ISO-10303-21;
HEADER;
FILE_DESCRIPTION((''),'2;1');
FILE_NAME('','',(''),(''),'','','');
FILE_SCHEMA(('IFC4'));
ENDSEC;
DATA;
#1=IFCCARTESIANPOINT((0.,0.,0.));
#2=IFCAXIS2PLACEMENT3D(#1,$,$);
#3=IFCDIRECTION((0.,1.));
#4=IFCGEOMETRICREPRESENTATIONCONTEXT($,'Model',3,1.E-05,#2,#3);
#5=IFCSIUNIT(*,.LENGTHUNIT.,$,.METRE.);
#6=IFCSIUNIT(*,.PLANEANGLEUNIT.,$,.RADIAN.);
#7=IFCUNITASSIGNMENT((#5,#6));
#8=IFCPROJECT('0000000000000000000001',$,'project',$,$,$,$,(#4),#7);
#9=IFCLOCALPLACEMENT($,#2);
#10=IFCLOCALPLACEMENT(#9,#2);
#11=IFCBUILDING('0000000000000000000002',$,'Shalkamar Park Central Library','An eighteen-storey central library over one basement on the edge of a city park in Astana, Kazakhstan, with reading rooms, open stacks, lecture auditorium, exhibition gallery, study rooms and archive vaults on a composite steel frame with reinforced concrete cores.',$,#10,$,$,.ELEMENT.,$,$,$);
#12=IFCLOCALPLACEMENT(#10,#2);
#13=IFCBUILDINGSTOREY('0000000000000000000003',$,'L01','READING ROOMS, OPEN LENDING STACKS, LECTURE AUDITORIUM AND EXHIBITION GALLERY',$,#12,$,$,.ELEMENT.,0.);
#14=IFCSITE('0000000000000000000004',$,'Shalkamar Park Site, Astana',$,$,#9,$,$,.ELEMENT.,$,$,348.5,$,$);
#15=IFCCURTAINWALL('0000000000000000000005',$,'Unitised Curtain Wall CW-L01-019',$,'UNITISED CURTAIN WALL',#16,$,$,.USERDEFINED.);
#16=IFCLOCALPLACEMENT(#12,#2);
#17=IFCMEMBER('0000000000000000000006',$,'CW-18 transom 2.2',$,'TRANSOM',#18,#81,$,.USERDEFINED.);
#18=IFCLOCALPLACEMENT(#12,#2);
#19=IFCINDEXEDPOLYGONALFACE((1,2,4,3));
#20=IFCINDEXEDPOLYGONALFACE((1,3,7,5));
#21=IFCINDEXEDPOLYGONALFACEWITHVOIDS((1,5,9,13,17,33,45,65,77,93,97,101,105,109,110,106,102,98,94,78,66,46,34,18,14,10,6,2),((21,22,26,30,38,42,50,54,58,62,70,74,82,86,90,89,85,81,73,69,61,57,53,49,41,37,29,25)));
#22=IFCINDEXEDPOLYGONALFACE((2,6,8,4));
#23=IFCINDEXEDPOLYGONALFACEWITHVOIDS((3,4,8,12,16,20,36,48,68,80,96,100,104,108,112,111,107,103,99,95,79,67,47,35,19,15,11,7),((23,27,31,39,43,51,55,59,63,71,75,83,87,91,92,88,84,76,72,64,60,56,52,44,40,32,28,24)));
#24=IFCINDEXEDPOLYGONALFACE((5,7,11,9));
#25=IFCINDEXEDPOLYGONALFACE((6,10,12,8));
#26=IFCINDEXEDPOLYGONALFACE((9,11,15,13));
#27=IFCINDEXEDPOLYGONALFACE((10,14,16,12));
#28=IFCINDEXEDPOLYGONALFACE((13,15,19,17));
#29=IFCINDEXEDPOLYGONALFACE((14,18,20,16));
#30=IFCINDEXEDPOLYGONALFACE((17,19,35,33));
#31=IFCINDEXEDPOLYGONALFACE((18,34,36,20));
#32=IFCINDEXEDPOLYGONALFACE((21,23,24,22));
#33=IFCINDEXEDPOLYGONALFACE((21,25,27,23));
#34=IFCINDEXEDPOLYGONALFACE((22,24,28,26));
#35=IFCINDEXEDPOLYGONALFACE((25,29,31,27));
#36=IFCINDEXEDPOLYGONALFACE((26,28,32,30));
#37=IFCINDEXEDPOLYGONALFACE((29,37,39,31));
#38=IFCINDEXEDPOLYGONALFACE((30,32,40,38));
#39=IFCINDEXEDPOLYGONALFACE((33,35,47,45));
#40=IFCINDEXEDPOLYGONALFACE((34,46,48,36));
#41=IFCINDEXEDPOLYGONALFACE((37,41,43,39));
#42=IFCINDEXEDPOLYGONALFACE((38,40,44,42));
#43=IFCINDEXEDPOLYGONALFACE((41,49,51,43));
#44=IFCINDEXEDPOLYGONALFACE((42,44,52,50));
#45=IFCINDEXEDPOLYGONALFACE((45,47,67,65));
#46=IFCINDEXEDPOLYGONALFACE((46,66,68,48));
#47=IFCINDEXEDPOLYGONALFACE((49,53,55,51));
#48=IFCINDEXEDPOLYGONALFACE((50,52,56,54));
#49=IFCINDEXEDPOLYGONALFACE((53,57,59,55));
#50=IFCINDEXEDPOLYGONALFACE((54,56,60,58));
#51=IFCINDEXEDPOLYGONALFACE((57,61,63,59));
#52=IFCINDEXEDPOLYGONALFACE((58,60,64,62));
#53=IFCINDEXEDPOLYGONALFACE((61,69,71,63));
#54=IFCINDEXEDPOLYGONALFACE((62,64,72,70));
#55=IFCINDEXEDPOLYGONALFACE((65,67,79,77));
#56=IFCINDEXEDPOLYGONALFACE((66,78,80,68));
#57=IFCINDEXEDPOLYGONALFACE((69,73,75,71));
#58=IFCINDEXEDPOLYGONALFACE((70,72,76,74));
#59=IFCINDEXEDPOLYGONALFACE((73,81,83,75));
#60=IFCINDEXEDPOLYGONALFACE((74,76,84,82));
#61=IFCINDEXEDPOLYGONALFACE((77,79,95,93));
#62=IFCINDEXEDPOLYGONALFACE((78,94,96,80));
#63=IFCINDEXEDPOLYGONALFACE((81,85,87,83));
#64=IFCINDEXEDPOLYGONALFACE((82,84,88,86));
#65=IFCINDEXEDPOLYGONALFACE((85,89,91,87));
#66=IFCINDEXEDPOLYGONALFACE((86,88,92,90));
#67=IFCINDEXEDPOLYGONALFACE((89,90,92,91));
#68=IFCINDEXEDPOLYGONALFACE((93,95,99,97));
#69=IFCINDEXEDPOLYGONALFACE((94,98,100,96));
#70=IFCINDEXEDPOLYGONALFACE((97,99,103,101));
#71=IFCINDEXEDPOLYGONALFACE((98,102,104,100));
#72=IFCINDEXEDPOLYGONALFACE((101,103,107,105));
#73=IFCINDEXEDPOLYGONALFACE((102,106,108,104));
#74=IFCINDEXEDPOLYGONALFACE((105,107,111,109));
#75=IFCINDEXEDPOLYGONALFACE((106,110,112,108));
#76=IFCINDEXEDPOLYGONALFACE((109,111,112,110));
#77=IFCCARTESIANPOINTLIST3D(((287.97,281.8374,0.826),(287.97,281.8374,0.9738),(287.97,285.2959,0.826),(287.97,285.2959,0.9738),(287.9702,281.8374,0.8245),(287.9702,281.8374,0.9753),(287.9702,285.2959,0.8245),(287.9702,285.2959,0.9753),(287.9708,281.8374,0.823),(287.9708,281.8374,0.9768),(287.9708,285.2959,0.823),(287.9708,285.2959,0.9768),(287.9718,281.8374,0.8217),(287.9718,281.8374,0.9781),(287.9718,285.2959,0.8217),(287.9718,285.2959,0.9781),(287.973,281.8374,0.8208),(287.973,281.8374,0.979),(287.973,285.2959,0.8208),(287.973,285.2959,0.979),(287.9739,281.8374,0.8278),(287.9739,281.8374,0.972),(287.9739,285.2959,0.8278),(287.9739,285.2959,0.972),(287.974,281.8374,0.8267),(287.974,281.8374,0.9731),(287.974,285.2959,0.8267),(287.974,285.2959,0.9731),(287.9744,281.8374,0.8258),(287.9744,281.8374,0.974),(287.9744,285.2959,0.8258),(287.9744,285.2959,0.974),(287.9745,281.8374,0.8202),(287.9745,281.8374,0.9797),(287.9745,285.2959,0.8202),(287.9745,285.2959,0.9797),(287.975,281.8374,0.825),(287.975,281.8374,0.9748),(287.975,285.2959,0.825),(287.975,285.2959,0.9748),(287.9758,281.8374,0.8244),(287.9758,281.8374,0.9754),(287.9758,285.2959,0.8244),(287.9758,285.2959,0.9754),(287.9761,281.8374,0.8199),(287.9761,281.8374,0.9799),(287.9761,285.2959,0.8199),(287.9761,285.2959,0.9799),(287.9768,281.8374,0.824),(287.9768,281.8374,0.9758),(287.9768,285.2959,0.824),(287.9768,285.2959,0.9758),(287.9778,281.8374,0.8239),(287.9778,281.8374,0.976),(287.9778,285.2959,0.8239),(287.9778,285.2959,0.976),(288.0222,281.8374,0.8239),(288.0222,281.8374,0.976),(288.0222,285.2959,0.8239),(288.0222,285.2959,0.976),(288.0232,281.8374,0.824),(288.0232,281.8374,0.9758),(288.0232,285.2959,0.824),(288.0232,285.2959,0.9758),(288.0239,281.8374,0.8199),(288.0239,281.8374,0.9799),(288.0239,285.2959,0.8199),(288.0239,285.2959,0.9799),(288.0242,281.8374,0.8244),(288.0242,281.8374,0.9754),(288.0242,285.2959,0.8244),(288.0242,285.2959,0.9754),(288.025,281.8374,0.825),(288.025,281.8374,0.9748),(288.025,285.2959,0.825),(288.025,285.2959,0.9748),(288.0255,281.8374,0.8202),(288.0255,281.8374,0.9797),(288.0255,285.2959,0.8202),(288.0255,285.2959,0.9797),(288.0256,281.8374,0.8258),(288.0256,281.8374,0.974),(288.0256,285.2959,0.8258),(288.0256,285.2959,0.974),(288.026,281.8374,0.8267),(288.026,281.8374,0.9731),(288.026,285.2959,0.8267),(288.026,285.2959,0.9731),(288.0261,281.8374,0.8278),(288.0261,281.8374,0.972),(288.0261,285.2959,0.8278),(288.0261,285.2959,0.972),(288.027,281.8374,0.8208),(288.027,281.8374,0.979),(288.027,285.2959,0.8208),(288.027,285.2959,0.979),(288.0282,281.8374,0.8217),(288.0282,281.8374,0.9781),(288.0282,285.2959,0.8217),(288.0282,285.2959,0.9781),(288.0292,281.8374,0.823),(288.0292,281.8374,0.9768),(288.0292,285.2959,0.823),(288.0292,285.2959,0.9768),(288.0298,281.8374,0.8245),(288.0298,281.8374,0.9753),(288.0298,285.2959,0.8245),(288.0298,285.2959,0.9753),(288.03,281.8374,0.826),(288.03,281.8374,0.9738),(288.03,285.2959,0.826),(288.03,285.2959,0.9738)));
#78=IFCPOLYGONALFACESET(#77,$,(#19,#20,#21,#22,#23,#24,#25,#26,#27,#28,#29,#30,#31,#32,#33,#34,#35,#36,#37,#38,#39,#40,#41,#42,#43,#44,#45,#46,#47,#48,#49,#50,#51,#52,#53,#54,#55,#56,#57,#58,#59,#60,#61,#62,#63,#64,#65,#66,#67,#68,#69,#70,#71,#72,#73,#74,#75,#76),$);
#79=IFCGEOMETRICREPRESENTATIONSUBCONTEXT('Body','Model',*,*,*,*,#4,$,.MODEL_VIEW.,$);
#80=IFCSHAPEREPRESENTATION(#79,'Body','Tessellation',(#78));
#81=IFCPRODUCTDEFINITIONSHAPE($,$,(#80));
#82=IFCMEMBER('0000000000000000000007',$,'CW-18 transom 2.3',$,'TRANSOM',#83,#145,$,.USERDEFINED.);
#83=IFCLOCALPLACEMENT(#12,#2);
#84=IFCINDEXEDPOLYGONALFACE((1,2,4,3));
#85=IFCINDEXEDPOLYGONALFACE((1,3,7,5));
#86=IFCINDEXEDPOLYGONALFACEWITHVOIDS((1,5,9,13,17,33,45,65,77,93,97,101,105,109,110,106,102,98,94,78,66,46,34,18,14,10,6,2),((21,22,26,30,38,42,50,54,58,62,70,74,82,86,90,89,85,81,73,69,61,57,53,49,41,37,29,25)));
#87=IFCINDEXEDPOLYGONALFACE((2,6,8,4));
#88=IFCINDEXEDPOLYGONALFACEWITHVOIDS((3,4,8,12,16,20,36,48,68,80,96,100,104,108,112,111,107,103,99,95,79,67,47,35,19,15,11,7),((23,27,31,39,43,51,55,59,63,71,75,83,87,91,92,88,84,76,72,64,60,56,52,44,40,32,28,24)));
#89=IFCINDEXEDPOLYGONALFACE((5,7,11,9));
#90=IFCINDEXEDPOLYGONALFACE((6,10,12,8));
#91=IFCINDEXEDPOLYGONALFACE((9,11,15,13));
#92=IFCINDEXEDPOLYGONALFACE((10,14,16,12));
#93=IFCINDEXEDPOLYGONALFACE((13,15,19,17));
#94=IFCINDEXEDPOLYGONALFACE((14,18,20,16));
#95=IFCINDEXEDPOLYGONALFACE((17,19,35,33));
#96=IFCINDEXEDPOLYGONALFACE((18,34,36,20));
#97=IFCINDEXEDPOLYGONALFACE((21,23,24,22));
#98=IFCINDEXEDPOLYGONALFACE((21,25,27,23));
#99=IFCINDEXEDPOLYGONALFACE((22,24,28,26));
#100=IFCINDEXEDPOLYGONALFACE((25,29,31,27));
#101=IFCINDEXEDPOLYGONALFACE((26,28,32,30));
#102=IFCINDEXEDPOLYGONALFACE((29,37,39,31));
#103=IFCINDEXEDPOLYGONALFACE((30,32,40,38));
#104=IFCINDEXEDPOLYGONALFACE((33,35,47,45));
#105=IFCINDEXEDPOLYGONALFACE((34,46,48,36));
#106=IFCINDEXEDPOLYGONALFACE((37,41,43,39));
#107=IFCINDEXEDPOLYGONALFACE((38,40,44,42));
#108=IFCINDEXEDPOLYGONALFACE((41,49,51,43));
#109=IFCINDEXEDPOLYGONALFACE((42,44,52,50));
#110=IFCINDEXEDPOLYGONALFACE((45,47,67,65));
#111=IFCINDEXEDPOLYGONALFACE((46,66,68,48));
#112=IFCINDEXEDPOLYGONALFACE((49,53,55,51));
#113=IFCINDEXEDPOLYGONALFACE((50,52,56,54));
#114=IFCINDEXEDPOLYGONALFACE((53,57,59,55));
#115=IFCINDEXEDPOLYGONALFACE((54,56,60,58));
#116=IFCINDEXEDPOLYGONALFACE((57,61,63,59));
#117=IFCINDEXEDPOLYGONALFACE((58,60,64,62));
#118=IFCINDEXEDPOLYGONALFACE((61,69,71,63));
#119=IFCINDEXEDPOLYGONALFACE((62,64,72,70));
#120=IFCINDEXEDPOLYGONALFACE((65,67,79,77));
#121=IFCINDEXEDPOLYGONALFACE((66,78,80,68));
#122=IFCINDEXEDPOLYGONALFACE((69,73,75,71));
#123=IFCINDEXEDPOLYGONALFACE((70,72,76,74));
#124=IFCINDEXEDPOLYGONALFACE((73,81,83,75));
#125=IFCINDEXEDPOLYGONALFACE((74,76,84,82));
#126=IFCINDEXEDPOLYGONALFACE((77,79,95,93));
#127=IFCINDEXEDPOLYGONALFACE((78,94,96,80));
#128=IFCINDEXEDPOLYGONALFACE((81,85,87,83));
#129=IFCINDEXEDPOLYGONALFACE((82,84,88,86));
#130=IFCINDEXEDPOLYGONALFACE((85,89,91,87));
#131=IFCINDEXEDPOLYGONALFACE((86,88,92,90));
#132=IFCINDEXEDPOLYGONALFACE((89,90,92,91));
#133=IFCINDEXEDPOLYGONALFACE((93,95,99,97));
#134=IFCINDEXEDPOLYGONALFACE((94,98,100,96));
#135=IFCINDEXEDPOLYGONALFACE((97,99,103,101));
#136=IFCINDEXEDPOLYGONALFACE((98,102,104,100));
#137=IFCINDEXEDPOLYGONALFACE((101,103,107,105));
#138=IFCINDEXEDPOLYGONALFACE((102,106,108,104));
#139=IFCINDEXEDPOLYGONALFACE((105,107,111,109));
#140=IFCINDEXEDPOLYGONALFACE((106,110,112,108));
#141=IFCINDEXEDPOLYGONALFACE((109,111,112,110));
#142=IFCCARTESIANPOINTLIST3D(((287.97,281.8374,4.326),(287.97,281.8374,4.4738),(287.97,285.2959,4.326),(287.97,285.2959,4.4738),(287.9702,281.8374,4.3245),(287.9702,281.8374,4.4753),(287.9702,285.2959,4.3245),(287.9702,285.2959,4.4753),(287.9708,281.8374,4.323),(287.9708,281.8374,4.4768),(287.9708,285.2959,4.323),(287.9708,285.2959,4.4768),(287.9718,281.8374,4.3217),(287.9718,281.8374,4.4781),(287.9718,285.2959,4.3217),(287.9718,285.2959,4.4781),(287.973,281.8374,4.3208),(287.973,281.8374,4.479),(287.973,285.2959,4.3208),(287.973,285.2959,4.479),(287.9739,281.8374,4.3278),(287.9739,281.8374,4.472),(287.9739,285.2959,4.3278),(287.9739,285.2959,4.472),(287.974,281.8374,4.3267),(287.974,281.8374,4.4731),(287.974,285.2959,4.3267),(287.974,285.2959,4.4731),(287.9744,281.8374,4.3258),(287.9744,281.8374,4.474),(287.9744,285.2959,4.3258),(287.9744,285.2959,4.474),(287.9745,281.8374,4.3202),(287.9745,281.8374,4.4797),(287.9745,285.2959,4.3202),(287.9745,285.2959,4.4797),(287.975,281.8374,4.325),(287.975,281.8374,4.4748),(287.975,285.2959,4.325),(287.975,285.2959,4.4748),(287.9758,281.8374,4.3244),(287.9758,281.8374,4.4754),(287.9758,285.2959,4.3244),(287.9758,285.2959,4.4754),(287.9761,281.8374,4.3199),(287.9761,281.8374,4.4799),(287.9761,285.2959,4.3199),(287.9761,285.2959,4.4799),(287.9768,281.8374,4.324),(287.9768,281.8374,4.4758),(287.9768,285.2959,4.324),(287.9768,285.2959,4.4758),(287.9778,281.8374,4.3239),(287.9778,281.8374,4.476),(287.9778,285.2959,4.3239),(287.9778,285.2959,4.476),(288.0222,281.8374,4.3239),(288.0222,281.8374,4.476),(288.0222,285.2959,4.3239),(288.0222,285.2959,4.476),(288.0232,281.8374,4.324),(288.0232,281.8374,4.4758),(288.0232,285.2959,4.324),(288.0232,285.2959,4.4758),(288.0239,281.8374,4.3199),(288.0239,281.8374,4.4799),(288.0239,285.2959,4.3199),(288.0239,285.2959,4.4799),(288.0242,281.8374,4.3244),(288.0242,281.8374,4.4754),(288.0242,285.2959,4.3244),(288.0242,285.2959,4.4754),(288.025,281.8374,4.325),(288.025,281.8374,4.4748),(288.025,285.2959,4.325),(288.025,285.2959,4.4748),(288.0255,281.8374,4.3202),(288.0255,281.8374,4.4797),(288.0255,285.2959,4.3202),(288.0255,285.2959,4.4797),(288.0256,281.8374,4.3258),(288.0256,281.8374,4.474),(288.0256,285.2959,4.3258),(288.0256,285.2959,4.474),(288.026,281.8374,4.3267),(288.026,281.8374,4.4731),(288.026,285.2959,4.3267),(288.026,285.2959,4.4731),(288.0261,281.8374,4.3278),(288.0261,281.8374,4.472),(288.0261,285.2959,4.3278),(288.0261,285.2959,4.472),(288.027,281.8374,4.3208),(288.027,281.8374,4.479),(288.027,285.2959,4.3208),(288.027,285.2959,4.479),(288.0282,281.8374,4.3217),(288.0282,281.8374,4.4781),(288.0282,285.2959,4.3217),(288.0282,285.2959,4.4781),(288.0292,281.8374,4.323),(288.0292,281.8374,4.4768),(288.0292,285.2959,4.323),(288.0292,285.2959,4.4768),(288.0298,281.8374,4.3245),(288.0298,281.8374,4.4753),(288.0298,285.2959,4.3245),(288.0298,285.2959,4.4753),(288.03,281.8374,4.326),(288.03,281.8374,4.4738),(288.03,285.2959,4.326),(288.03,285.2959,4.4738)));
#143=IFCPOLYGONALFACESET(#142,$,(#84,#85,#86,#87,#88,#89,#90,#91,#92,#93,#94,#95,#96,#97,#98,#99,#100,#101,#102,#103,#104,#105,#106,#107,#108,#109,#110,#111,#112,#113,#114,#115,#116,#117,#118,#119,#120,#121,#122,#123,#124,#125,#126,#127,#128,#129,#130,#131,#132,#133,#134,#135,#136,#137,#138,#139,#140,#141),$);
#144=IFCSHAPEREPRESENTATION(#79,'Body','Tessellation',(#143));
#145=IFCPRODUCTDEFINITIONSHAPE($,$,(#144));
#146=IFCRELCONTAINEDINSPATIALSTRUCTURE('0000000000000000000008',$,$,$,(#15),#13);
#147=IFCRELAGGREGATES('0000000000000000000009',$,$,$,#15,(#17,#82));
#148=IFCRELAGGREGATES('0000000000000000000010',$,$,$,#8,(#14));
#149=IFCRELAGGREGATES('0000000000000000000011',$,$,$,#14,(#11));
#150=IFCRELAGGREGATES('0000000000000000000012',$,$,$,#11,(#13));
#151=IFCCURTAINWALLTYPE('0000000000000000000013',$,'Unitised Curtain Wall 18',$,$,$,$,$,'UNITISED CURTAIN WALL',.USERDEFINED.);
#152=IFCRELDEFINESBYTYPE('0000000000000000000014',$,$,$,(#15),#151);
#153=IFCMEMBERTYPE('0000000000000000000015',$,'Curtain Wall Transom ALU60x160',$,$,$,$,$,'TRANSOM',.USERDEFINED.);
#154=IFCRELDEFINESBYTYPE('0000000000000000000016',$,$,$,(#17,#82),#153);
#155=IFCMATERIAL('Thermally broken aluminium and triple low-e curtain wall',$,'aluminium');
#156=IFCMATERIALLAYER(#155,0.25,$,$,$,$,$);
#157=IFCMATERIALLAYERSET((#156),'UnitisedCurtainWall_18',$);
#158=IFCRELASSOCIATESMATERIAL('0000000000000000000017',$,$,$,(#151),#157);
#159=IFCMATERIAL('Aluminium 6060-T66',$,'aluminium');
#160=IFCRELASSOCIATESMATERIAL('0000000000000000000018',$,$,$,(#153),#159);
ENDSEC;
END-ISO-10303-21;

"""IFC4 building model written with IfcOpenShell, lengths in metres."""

from ifc_helpers import new_model, si_unit, direction, frame, origin, origin_2d, place, context, subcontext, project, spatial, hollow_rectangle, extrude, material, layer, layer_set, material_profile, profile_set, type_object, element, aggregate, save


model = new_model("IFC4")

# Units and contexts
model_context = context("Model", 3, precision=1e-05, world=origin(), true_north=direction((0.0, 1.0)))
body_context = subcontext(model_context, "Body", "Model", "MODEL_VIEW")
ifc_project = project(units=[si_unit("LENGTHUNIT", "METRE"), si_unit("PLANEANGLEUNIT", "RADIAN")], contexts=[model_context])

# Site, building, storey
site_placement = place(None, origin())
site = spatial("IfcSite", under=ifc_project, at=site_placement, Name="Shalkamar Park Site, Astana", CompositionType="ELEMENT", RefElevation=348.5)
building_placement = place(site_placement, origin())
building = spatial("IfcBuilding", under=site, at=building_placement, Name="Shalkamar Park Central Library", Description="An eighteen-storey central library over one basement on the edge of a city park in Astana, Kazakhstan, with reading rooms, open stacks, lecture auditorium, exhibition gallery, study rooms and archive vaults on a composite steel frame with reinforced concrete cores.", CompositionType="ELEMENT")
storey_placement = place(building_placement, origin())
storey = spatial("IfcBuildingStorey", under=building, at=storey_placement, Name="L01", Description="READING ROOMS, OPEN LENDING STACKS, LECTURE AUDITORIUM AND EXHIBITION GALLERY", CompositionType="ELEMENT", Elevation=0.0)

# Curtain wall, members
ifc_material_1 = material(Name="Thermally broken aluminium and triple low-e curtain wall", Category="aluminium")
ifc_layer_1 = layer(ifc_material_1, 0.25)
ifc_layer_set_1 = layer_set([ifc_layer_1], Name="UnitisedCurtainWall_18")
curtain_wall_type = type_object("IfcCurtainWallType", Name="Unitised Curtain Wall 18", ElementType="UNITISED CURTAIN WALL", PredefinedType="USERDEFINED", material=ifc_layer_set_1)
curtain_wall_placement = place(storey_placement, origin())
curtain_wall = element("IfcCurtainWall", 1, at=curtain_wall_placement, inside=storey, type_object=curtain_wall_type, Name="Unitised Curtain Wall CW-L01-019", ObjectType="UNITISED CURTAIN WALL", PredefinedType="USERDEFINED")
ifc_material_2 = material(Name="Aluminium 6060-T66", Category="aluminium")
ifc_material_profile_1 = material_profile(ifc_material_2, hollow_rectangle(XDim=0.0601, YDim=0.1599, WallThickness=0.0039, InnerFilletRadius=0.0039, OuterFilletRadius=0.0061, at=origin_2d()), Name="ALU 60x160x4")
ifc_profile_set_1 = profile_set([ifc_material_profile_1], Name="Aluminium 6060-T66")
member_type_1 = type_object("IfcMemberType", Name="Curtain Wall Transom ALU60x160", ElementType="TRANSOM", PredefinedType="USERDEFINED", material=ifc_profile_set_1)
member_1_placement = place(storey_placement, frame((288.0, 281.8374, 0.8999), z_axis=(0.0, 1.0, 0.0), x_axis=(-1.0, 0.0, 0.0)))
member_1 = element("IfcMember", 2, at=member_1_placement, type_object=member_type_1, Name="CW-18 transom 2.2", ObjectType="TRANSOM", PredefinedType="USERDEFINED", context=body_context, shape_type="SweptSolid", body=[
    extrude(hollow_rectangle(XDim=0.0601, YDim=0.1599, WallThickness=0.0039, InnerFilletRadius=0.0039, OuterFilletRadius=0.0061, at=origin_2d()), origin(), (0.0, 0.0, 1.0), 3.4585),
])
member_2_placement = place(storey_placement, frame((288.0, 281.8374, 4.3999), z_axis=(0.0, 1.0, 0.0), x_axis=(-1.0, 0.0, 0.0)))
member_2 = element("IfcMember", 3, at=member_2_placement, type_object=member_type_1, Name="CW-18 transom 2.3", ObjectType="TRANSOM", PredefinedType="USERDEFINED", context=body_context, shape_type="SweptSolid", body=[
    extrude(hollow_rectangle(XDim=0.0601, YDim=0.1599, WallThickness=0.0039, InnerFilletRadius=0.0039, OuterFilletRadius=0.0061, at=origin_2d()), origin(), (0.0, 0.0, 1.0), 3.4585),
])

aggregate(curtain_wall, [member_1, member_2])

save(model, "model.ifc")
